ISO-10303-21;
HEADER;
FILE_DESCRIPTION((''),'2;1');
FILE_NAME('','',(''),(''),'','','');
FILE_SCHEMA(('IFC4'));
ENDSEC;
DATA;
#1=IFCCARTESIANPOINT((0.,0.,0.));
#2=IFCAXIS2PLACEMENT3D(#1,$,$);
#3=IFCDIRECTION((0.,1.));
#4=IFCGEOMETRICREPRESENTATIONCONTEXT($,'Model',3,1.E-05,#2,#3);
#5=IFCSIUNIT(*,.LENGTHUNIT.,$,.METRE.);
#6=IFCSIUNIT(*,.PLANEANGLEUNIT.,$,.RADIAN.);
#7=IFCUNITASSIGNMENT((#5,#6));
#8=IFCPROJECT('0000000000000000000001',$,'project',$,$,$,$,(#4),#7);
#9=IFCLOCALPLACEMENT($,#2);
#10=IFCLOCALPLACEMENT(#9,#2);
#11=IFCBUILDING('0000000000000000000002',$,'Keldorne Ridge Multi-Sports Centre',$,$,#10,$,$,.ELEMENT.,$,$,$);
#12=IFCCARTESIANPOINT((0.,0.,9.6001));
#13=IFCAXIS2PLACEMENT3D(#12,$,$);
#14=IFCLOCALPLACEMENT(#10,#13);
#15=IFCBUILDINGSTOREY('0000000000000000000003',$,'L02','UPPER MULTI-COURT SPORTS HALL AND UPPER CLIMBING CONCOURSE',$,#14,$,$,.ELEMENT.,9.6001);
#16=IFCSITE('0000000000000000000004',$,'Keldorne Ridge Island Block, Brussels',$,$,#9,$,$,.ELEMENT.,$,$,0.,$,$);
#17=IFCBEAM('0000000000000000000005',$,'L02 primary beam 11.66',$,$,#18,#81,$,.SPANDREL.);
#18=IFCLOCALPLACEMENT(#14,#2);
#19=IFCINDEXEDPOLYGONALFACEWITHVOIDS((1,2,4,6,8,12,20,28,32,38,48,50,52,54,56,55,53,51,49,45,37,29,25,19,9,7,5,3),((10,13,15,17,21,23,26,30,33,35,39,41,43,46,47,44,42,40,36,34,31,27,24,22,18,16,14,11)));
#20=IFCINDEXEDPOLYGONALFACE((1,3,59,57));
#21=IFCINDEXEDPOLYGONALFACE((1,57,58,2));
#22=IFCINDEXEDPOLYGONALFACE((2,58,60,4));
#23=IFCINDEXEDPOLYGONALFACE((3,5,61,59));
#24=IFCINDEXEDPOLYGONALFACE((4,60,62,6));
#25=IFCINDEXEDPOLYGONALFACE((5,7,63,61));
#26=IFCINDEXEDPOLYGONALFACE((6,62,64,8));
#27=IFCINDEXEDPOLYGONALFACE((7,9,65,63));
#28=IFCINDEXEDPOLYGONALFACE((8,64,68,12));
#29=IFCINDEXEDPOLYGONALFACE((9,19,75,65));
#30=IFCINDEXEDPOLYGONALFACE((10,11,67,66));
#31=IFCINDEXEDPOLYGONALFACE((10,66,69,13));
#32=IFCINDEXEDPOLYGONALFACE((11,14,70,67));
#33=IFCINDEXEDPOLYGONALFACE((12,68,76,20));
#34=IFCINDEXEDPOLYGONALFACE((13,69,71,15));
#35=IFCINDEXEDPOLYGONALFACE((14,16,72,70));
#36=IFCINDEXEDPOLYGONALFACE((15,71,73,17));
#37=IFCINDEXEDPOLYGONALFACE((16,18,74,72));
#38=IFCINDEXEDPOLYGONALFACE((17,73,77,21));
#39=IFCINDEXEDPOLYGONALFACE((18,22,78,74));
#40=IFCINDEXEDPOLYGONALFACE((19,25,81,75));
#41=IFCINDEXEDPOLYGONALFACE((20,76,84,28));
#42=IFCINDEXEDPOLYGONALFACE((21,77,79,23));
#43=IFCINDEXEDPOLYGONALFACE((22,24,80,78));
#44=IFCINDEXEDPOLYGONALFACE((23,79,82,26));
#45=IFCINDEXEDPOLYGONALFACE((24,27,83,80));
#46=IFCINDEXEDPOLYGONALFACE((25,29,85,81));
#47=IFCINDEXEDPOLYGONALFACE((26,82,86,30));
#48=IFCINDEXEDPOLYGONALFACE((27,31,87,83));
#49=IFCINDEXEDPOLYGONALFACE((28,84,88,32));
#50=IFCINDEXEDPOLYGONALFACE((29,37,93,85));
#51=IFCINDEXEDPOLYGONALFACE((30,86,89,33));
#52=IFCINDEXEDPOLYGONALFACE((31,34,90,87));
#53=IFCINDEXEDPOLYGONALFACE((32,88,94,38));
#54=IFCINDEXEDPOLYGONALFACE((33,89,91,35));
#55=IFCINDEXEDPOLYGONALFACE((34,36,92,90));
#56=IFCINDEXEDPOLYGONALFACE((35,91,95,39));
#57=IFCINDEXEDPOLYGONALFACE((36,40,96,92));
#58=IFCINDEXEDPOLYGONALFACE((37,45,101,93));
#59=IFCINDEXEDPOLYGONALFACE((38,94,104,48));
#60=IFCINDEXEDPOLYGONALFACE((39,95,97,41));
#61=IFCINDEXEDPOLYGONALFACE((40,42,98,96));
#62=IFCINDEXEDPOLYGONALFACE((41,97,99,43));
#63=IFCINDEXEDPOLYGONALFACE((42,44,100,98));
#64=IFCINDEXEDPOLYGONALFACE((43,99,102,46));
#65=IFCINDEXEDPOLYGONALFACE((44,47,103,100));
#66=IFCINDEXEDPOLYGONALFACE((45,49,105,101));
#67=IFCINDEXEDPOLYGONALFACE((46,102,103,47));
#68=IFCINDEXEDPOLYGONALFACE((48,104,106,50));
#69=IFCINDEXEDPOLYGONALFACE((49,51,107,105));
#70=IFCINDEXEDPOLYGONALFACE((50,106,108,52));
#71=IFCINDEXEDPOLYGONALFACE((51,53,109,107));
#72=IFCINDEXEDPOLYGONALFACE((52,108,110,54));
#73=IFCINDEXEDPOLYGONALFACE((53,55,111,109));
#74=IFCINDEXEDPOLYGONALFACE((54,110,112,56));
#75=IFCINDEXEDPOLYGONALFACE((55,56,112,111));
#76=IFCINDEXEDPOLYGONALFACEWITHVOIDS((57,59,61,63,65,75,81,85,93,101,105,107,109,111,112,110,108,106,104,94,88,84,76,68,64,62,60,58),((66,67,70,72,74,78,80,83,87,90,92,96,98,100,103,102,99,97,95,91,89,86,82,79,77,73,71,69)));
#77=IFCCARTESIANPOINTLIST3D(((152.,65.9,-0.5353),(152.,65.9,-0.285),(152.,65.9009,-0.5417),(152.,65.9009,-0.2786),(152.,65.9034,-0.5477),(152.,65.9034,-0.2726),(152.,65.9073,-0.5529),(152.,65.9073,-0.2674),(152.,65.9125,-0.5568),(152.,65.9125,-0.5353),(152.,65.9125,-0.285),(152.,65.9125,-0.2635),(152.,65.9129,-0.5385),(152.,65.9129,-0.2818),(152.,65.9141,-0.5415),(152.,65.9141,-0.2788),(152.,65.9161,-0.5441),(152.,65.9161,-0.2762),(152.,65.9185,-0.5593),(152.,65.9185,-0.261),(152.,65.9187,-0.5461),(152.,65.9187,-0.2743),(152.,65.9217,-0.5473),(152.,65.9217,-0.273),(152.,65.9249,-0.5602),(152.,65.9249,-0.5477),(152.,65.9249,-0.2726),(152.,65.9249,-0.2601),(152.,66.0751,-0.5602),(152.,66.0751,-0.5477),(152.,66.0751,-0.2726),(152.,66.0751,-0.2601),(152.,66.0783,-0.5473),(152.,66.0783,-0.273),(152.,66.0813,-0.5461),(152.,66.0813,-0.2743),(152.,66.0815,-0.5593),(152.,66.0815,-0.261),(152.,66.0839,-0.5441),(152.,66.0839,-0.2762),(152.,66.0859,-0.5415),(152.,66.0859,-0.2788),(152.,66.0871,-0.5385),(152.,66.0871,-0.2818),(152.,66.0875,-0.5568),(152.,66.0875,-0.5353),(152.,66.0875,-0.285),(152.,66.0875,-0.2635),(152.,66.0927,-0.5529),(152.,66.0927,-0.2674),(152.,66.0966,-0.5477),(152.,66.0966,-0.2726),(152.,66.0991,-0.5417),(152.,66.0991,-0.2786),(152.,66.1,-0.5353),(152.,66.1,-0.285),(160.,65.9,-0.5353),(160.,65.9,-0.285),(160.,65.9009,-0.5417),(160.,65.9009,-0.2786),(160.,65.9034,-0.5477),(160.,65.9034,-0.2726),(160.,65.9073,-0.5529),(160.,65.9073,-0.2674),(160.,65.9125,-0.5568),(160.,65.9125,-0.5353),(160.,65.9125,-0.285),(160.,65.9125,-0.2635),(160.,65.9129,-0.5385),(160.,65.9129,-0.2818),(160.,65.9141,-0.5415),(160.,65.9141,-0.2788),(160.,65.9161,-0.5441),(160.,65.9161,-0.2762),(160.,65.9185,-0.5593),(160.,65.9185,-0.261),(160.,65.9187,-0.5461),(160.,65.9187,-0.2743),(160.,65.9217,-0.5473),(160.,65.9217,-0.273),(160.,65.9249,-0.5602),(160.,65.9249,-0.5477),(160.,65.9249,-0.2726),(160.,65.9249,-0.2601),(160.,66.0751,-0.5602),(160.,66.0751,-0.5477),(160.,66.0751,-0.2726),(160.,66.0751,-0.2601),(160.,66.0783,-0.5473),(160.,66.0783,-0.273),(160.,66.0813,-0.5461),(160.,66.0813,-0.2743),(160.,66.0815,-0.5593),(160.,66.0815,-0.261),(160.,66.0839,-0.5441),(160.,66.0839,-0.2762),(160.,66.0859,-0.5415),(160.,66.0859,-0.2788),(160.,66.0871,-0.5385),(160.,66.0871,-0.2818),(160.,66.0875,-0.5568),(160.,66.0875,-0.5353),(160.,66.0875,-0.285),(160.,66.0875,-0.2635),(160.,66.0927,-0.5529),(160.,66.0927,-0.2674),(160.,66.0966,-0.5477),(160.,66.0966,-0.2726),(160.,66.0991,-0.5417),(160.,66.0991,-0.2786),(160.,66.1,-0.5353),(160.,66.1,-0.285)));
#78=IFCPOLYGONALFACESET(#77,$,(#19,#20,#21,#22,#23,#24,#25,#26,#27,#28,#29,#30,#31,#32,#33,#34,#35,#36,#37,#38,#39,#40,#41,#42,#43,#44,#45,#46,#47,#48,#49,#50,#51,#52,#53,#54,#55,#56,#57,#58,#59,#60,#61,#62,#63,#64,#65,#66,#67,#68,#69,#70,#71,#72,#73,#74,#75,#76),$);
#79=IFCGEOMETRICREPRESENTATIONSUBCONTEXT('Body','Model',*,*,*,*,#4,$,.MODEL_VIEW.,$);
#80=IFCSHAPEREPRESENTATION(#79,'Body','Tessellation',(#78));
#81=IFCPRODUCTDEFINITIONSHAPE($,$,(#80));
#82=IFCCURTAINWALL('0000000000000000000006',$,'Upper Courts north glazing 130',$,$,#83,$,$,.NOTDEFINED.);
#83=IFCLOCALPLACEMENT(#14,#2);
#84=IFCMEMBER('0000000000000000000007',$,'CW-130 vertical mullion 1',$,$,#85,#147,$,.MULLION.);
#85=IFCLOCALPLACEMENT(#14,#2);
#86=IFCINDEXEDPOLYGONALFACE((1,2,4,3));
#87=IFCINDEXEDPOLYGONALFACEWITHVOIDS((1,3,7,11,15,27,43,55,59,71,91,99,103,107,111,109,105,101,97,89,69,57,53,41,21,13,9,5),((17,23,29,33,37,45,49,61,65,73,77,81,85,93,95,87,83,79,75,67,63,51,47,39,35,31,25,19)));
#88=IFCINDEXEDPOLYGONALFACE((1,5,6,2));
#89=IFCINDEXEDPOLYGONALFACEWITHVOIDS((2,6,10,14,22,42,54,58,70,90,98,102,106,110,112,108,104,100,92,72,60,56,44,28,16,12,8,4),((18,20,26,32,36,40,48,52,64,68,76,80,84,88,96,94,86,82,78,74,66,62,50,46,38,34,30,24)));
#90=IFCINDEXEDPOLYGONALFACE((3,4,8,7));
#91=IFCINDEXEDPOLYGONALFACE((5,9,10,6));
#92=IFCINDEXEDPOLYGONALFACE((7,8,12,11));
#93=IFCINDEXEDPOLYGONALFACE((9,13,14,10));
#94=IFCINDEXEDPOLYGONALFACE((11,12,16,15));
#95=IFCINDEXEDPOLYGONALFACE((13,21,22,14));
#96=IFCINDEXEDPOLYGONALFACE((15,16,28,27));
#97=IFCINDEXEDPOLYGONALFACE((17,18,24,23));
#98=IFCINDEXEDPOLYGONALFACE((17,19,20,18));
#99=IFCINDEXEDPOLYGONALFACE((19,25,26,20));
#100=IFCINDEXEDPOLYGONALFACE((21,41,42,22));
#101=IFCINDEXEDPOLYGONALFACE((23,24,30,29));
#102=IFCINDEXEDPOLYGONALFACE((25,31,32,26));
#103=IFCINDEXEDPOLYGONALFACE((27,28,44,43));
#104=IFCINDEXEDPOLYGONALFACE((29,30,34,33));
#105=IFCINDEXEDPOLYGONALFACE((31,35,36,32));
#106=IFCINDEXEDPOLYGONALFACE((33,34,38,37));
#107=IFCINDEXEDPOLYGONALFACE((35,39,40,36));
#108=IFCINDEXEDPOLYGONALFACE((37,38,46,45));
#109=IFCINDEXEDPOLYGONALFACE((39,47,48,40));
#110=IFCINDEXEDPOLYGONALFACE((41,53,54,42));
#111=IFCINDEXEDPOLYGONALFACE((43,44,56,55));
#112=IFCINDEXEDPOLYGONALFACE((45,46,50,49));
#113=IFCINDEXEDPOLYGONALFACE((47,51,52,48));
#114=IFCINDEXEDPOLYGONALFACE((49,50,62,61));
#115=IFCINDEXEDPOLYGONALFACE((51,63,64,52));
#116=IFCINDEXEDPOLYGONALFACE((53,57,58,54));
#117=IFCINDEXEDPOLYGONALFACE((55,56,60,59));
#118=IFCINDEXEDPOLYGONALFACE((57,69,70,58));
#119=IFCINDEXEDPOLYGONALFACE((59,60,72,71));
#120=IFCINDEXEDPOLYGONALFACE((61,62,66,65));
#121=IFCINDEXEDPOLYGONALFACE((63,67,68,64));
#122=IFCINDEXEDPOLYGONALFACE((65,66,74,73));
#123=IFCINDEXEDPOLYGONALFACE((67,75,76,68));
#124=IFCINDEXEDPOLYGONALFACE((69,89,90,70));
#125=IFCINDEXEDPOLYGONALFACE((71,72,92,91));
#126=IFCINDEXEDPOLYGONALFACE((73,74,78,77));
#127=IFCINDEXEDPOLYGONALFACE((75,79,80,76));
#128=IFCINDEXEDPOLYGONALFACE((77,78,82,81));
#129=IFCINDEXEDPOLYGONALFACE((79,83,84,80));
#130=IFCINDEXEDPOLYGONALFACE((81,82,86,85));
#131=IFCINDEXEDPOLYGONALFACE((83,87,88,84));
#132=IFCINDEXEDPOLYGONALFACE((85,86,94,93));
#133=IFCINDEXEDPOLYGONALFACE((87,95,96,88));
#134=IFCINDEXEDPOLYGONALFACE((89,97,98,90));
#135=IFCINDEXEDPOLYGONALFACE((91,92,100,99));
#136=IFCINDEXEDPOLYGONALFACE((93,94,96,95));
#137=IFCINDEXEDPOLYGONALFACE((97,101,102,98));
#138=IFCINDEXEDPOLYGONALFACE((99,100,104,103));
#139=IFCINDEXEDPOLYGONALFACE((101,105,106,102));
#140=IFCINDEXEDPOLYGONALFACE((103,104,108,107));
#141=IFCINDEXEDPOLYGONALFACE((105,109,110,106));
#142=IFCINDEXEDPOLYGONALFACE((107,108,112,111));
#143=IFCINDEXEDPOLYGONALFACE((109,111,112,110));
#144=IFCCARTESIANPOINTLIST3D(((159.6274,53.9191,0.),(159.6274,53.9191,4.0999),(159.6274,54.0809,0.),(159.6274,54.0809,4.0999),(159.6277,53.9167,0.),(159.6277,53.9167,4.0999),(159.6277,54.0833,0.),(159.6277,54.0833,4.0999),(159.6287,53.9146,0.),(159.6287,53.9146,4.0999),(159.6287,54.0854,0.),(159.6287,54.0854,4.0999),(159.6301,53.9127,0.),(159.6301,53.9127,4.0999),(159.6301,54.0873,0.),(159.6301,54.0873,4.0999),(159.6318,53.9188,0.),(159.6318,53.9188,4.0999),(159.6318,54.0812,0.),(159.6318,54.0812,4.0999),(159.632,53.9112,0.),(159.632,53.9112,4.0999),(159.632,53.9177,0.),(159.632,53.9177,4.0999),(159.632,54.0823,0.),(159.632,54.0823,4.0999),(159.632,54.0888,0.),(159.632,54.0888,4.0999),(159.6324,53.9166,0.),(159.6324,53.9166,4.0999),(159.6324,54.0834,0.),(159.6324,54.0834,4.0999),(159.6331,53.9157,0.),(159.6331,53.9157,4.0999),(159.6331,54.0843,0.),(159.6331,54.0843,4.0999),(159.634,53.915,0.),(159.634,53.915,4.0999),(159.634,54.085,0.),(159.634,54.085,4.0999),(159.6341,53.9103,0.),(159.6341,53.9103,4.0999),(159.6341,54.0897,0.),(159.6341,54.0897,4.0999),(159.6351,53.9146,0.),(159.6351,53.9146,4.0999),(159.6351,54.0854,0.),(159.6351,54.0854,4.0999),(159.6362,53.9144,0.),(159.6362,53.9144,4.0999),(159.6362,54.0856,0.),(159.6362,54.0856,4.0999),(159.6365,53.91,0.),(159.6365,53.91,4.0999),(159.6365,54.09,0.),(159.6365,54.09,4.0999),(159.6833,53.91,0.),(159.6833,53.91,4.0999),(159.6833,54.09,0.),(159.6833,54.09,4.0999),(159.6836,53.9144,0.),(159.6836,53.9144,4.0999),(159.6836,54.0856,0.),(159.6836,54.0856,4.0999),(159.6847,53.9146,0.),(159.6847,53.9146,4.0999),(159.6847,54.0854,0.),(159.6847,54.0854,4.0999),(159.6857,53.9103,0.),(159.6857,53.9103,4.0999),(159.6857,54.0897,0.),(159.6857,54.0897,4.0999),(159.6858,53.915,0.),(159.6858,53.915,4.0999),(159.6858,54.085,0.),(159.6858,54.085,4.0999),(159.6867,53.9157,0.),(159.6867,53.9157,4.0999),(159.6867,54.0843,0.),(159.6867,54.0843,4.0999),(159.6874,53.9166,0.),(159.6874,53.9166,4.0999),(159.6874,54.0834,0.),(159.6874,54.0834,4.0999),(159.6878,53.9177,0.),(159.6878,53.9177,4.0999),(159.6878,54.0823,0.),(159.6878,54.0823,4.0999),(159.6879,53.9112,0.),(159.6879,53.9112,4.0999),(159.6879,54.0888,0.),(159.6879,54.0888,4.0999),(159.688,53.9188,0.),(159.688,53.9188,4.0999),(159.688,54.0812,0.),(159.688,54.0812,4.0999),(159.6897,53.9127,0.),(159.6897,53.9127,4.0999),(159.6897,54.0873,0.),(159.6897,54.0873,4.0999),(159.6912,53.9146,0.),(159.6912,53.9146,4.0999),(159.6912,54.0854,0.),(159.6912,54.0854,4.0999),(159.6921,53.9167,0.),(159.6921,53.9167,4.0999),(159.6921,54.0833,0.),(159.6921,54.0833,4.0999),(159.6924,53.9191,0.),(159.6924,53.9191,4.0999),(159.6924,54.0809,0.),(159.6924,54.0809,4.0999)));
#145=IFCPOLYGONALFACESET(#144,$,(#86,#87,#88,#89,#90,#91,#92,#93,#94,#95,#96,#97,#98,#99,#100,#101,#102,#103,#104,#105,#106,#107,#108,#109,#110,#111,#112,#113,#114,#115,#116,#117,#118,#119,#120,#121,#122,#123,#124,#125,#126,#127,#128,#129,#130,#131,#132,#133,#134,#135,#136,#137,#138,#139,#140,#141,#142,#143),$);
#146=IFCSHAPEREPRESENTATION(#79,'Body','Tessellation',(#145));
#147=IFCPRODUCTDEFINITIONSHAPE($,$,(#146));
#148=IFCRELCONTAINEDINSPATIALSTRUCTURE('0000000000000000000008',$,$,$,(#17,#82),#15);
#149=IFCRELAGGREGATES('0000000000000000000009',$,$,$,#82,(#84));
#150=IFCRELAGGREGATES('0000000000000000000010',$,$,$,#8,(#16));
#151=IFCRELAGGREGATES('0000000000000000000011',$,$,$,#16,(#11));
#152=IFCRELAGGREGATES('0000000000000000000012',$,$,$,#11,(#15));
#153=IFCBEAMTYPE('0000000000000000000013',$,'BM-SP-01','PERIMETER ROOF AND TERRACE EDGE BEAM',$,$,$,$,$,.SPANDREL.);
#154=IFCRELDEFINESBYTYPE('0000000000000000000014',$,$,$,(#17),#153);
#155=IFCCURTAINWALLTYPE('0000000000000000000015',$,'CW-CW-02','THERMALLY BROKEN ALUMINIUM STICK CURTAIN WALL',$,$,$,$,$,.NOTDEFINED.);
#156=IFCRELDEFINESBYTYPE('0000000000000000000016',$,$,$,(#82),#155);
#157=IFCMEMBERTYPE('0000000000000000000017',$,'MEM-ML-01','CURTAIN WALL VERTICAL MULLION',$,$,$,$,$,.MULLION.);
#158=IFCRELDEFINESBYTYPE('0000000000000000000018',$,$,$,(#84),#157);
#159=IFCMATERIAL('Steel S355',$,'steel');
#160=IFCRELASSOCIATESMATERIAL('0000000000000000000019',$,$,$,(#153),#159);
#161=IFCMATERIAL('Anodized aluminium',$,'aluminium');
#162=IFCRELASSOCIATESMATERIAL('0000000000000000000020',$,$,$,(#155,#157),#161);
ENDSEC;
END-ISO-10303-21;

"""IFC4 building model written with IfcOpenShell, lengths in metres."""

from ifc_helpers import new_model, si_unit, direction, frame, origin, origin_2d, place, context, subcontext, project, spatial, hollow_rectangle, extrude, material, material_profile, profile_set, type_object, element, aggregate, save


model = new_model("IFC4")

# Units and contexts
model_context = context("Model", 3, precision=1e-05, world=origin(), true_north=direction((0.0, 1.0)))
body_context = subcontext(model_context, "Body", "Model", "MODEL_VIEW")
ifc_project = project(units=[si_unit("LENGTHUNIT", "METRE"), si_unit("PLANEANGLEUNIT", "RADIAN")], contexts=[model_context])

# Site, building, storey
site_placement = place(None, origin())
site = spatial("IfcSite", under=ifc_project, at=site_placement, Name="Keldorne Ridge Island Block, Brussels", CompositionType="ELEMENT", RefElevation=0.0)
building_placement = place(site_placement, origin())
building = spatial("IfcBuilding", under=site, at=building_placement, Name="Keldorne Ridge Multi-Sports Centre", CompositionType="ELEMENT")
storey_placement = place(building_placement, frame((0.0, 0.0, 9.6001)))
storey = spatial("IfcBuildingStorey", under=building, at=storey_placement, Name="L02", Description="UPPER MULTI-COURT SPORTS HALL AND UPPER CLIMBING CONCOURSE", CompositionType="ELEMENT", Elevation=9.6001)

# Shared definitions
ifc_material_1 = material(Name="Steel S355", Category="steel")

# Beam
ifc_material_profile_1 = material_profile(ifc_material_1, hollow_rectangle(XDim=0.2, YDim=0.3, WallThickness=0.0125, InnerFilletRadius=0.0125, OuterFilletRadius=0.0249, at=origin_2d()), Name="RHS 300x200x12.5")
ifc_profile_set_1 = profile_set([ifc_material_profile_1], Name="Steel S355")
beam_type_1 = type_object("IfcBeamType", Name="BM-SP-01", Description="PERIMETER ROOF AND TERRACE EDGE BEAM", PredefinedType="SPANDREL", material=ifc_profile_set_1)
beam_1_placement = place(storey_placement, frame((152.0, 66.0, -0.4102), z_axis=(1.0, 0.0, 0.0), x_axis=(0.0, 1.0, 0.0)))
element("IfcBeam", 1, at=beam_1_placement, inside=storey, type_object=beam_type_1, Name="L02 primary beam 11.66", PredefinedType="SPANDREL", context=body_context, shape_type="SweptSolid", body=[
    extrude(hollow_rectangle(XDim=0.2, YDim=0.3, WallThickness=0.0125, InnerFilletRadius=0.0125, OuterFilletRadius=0.0249, at=origin_2d()), origin(), (0.0, 0.0, 1.0), 8.0),
])

# Curtain wall, member
ifc_material_2 = material(Name="Anodized aluminium", Category="aluminium")
curtain_wall_type = type_object("IfcCurtainWallType", Name="CW-CW-02", Description="THERMALLY BROKEN ALUMINIUM STICK CURTAIN WALL", PredefinedType="NOTDEFINED", material=ifc_material_2)
curtain_wall_placement = place(storey_placement, origin())
curtain_wall = element("IfcCurtainWall", 2, at=curtain_wall_placement, inside=storey, type_object=curtain_wall_type, Name="Upper Courts north glazing 130", PredefinedType="NOTDEFINED")
ifc_material_profile_2 = material_profile(ifc_material_2, hollow_rectangle(XDim=0.0649, YDim=0.1799, WallThickness=0.0044, InnerFilletRadius=0.0044, OuterFilletRadius=0.009, at=origin_2d()), Name="ALU MULLION 180x65x4.5")
ifc_profile_set_2 = profile_set([ifc_material_profile_2], Name="Anodized aluminium")
member_type_1 = type_object("IfcMemberType", Name="MEM-ML-01", Description="CURTAIN WALL VERTICAL MULLION", PredefinedType="MULLION", material=ifc_profile_set_2)
member_1_placement = place(storey_placement, frame((159.6599, 54.0, 0.0), z_axis=(0.0, 0.0, 1.0), x_axis=(1.0, 0.0, 0.0)))
member_1 = element("IfcMember", 3, at=member_1_placement, type_object=member_type_1, Name="CW-130 vertical mullion 1", PredefinedType="MULLION", context=body_context, shape_type="SweptSolid", body=[
    extrude(hollow_rectangle(XDim=0.0649, YDim=0.1799, WallThickness=0.0044, InnerFilletRadius=0.0044, OuterFilletRadius=0.009, at=origin_2d()), origin(), (0.0, 0.0, 1.0), 4.0999),
])
aggregate(curtain_wall, [member_1])

save(model, "model.ifc")
